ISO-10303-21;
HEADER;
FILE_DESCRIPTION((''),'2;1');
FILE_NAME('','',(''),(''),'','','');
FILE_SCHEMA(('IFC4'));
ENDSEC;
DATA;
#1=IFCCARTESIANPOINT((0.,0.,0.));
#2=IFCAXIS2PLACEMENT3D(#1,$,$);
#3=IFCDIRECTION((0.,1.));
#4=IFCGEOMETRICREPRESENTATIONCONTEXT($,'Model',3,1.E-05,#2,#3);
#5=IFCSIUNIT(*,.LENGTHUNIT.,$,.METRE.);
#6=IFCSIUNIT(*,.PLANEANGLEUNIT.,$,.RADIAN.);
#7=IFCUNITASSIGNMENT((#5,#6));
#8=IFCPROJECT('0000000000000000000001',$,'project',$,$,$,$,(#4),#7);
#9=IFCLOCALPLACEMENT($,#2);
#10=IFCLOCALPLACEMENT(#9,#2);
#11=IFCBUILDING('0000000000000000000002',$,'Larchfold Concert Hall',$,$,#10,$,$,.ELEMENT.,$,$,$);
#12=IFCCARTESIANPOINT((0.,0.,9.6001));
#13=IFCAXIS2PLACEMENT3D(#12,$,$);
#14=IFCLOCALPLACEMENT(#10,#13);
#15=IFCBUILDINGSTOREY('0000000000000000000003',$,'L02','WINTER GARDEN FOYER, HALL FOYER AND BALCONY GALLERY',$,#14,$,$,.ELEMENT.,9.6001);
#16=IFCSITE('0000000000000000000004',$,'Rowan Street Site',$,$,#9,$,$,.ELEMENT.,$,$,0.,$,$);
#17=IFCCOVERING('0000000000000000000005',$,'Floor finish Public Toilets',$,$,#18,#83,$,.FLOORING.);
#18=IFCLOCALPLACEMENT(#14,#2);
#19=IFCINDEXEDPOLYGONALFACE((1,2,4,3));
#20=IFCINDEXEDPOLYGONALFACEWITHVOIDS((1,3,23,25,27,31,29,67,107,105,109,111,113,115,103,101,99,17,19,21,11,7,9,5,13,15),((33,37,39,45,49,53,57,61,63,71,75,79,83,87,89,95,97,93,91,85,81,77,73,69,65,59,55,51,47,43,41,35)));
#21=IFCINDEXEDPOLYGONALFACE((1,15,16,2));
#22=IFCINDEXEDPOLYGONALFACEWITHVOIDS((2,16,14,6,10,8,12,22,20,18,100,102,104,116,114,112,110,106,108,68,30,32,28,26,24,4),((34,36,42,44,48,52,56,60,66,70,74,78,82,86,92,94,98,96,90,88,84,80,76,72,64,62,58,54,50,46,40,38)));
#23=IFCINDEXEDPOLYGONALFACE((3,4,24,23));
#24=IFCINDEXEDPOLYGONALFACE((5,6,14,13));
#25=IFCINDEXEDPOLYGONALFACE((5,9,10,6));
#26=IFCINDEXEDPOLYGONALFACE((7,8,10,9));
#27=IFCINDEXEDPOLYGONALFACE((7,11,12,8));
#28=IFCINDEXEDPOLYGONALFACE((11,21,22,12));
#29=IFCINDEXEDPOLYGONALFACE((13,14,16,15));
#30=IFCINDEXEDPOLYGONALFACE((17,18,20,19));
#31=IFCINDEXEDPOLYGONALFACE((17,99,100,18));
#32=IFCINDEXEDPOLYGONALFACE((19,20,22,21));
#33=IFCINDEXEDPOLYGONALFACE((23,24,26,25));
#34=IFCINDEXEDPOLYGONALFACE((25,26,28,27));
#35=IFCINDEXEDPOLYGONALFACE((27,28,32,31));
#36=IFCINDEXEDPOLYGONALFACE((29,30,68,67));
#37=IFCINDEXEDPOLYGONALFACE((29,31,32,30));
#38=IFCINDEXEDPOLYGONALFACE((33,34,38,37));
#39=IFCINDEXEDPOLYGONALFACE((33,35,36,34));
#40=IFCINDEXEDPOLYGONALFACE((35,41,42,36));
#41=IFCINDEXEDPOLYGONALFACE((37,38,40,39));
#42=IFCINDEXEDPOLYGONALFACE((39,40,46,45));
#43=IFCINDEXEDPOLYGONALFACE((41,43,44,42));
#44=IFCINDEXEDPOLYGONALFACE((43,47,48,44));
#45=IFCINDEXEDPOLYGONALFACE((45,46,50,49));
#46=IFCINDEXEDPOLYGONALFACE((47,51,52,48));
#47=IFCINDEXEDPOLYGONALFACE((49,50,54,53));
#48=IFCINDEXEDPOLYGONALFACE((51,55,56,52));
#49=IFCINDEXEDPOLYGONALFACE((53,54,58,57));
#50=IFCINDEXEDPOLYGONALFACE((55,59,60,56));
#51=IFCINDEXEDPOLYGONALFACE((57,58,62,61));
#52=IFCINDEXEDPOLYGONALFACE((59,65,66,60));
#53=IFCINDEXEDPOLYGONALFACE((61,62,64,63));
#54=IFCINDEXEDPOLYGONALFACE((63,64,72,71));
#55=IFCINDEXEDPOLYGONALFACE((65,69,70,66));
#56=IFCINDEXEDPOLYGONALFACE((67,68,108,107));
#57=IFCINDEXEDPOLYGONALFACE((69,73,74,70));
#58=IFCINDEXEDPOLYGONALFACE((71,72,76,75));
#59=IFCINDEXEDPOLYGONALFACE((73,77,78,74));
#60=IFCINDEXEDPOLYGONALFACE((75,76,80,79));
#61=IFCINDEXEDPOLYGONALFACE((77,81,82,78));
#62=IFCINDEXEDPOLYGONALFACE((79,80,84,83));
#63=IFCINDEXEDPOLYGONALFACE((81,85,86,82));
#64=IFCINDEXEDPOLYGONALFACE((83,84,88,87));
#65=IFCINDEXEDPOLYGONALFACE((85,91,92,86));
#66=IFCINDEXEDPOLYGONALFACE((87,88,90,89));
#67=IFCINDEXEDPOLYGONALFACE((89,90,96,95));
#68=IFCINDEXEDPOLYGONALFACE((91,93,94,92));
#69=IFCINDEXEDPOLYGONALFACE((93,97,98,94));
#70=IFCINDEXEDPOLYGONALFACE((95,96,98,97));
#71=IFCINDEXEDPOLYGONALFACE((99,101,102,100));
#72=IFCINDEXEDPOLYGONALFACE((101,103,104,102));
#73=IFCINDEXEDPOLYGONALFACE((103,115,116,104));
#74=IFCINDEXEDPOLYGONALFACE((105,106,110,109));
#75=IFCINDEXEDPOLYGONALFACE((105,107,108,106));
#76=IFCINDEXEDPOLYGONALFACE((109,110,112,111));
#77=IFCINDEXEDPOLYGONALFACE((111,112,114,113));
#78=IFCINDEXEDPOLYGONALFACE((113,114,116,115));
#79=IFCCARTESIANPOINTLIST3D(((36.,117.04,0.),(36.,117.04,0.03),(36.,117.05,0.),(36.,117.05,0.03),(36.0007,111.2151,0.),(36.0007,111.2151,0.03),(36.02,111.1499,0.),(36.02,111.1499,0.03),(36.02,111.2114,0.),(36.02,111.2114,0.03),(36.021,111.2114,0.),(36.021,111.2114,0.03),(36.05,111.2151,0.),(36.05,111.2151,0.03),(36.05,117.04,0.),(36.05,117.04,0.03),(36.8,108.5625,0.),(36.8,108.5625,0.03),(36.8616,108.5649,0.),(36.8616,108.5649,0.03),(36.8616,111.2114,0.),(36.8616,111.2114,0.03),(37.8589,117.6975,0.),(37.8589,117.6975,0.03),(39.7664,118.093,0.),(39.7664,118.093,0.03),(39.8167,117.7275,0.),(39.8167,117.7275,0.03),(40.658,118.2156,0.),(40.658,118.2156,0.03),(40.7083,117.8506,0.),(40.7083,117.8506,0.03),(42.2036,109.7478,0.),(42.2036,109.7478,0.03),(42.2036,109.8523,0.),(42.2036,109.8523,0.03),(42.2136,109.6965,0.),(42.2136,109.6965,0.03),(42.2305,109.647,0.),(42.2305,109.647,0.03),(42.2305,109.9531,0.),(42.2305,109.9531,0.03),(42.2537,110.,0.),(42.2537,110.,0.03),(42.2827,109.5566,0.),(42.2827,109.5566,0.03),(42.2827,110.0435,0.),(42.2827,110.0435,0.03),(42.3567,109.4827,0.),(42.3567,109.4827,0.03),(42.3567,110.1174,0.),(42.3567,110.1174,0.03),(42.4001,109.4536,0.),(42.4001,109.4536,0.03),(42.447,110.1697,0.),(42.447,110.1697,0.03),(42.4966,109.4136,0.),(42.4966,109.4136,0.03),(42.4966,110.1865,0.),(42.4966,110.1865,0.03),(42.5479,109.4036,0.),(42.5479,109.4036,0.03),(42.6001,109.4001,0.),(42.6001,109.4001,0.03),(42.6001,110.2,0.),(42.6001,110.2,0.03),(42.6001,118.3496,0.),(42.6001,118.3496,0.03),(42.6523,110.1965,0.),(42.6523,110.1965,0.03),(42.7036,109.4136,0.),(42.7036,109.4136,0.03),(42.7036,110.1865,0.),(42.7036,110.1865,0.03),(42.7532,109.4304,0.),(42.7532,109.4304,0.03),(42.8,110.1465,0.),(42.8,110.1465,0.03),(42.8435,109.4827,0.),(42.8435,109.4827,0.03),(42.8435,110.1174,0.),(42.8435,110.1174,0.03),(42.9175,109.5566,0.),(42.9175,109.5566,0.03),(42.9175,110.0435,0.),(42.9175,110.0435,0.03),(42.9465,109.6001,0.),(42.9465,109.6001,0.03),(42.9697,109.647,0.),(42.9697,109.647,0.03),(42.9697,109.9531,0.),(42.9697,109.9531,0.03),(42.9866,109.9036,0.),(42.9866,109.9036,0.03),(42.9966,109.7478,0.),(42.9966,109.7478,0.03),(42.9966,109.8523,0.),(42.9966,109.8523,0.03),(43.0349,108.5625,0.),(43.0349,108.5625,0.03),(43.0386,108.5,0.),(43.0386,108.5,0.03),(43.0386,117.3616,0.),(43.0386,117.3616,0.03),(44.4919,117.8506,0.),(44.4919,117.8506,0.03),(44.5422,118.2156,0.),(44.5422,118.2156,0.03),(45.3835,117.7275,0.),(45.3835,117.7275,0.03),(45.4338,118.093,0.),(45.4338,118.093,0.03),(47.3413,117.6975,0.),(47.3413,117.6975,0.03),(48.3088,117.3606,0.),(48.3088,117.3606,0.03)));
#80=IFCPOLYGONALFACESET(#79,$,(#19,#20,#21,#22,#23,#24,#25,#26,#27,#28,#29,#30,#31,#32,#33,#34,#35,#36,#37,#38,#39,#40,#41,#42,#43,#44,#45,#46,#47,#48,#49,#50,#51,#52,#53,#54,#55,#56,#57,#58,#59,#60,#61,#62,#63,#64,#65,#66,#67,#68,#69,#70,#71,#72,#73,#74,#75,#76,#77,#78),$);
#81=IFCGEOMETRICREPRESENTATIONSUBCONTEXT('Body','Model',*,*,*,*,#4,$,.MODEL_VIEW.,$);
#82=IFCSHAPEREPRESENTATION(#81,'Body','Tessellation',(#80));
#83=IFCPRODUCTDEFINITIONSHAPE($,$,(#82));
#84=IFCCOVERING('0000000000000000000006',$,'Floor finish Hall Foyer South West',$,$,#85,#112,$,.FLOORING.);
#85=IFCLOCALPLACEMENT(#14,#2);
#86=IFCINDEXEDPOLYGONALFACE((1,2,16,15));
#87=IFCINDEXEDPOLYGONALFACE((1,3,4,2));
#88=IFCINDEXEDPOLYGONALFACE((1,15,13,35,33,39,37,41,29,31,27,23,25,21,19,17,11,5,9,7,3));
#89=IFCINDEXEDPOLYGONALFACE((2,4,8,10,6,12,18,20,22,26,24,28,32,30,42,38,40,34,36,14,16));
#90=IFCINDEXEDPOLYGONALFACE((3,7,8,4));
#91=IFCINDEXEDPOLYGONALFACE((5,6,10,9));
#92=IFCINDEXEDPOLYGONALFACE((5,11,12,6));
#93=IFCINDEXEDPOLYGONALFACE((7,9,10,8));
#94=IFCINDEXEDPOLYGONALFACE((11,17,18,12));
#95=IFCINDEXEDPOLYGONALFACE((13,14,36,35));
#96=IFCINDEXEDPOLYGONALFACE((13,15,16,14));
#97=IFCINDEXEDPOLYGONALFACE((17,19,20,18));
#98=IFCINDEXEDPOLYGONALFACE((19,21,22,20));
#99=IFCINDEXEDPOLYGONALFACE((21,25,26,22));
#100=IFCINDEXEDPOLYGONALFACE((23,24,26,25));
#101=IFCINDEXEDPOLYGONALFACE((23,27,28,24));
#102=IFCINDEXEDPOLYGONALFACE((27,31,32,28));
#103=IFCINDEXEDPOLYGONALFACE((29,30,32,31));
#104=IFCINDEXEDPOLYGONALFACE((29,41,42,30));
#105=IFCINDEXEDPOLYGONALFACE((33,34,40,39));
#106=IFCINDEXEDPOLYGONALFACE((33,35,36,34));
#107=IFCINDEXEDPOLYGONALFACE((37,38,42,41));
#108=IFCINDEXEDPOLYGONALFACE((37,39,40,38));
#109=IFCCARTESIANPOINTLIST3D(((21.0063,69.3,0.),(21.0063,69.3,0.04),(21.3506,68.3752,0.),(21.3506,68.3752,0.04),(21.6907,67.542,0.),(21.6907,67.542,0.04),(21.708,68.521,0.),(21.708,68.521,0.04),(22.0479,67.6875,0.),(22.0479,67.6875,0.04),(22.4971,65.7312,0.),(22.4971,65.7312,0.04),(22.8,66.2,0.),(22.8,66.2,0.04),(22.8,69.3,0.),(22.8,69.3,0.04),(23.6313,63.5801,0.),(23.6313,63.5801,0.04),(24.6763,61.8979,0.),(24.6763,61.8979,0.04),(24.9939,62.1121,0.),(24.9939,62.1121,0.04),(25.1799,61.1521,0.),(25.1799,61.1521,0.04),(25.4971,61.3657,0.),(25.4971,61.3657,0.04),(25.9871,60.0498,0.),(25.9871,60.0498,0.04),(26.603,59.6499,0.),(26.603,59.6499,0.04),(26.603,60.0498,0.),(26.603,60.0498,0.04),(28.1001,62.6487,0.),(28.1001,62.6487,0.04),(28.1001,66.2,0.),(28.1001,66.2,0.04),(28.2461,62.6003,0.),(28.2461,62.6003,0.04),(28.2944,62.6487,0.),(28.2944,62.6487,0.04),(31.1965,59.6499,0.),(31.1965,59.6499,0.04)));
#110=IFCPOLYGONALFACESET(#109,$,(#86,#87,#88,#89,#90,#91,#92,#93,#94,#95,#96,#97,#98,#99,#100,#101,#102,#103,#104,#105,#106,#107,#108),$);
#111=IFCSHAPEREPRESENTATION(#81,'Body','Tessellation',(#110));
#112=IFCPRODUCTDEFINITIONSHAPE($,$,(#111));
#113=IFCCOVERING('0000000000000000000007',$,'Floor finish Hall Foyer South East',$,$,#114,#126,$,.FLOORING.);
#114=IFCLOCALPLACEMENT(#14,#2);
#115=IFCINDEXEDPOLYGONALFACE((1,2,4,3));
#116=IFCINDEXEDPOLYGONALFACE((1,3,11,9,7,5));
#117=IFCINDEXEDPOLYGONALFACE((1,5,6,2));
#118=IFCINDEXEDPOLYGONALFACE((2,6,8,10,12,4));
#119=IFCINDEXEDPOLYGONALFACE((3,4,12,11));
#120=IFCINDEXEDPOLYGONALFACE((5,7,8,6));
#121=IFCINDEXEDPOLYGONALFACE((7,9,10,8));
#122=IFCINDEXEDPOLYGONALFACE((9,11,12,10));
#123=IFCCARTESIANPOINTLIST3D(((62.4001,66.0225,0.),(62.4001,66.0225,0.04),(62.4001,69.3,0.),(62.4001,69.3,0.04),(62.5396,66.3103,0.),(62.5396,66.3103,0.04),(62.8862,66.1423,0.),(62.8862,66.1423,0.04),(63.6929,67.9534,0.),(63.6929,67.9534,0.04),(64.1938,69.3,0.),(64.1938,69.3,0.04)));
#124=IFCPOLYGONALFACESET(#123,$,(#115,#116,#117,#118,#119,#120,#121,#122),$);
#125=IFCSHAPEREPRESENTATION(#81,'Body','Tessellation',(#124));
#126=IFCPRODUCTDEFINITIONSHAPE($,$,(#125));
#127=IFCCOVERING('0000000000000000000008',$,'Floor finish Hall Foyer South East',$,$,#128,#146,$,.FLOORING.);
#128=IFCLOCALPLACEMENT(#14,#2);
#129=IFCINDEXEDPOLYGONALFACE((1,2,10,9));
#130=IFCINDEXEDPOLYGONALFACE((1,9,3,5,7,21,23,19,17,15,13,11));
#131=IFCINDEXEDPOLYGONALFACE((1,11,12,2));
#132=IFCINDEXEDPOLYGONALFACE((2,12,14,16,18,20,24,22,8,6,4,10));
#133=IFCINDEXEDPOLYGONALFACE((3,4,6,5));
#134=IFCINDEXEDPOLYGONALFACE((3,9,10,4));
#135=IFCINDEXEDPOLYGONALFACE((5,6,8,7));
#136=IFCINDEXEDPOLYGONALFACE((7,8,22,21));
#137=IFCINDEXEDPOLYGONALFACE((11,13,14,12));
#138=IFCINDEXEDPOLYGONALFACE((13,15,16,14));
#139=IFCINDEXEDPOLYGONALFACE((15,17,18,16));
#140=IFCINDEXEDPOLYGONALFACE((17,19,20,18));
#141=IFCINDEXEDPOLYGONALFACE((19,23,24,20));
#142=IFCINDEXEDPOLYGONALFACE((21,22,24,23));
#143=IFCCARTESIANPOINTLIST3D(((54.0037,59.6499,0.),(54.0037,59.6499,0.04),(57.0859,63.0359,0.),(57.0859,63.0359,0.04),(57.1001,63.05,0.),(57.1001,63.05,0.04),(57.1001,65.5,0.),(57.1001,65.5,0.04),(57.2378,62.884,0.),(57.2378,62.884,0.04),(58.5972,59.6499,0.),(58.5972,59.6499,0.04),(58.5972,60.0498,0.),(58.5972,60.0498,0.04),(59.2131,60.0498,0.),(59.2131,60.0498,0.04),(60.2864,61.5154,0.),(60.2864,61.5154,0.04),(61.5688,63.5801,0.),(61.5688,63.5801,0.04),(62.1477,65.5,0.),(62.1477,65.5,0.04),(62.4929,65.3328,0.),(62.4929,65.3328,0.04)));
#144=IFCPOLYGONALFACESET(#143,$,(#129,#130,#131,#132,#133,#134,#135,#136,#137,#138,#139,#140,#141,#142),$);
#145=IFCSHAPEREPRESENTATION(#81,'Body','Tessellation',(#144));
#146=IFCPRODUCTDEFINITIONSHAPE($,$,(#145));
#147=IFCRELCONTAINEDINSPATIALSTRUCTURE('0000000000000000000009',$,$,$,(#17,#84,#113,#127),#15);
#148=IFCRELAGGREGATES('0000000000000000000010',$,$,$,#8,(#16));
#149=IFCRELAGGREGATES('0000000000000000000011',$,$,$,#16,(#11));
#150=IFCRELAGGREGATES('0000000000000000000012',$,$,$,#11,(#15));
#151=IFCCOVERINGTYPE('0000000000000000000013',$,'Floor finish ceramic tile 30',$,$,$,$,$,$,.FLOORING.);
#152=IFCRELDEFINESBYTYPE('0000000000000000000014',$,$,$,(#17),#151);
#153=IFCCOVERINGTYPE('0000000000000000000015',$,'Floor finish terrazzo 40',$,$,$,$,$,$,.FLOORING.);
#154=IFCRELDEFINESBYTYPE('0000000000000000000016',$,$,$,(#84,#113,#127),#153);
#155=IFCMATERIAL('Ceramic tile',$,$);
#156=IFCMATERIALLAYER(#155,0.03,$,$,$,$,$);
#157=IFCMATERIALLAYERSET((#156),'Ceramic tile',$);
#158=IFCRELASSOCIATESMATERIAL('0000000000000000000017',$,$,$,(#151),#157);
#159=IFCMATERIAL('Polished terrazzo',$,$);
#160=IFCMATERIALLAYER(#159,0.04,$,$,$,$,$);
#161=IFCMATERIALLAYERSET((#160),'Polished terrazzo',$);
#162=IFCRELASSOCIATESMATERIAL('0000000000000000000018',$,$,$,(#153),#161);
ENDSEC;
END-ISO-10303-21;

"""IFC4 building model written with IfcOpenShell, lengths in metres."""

from ifc_helpers import new_model, si_unit, direction, frame, origin, place, context, subcontext, project, spatial, polyline, outline, extrude, material, layer, layer_set, type_object, element, save


model = new_model("IFC4")

# Units and contexts
model_context = context("Model", 3, precision=1e-05, world=origin(), true_north=direction((0.0, 1.0)))
body_context = subcontext(model_context, "Body", "Model", "MODEL_VIEW")
ifc_project = project(units=[si_unit("LENGTHUNIT", "METRE"), si_unit("PLANEANGLEUNIT", "RADIAN")], contexts=[model_context])

# Site, building, storey
site_placement = place(None, origin())
site = spatial("IfcSite", under=ifc_project, at=site_placement, Name="Rowan Street Site", CompositionType="ELEMENT", RefElevation=0.0)
building_placement = place(site_placement, origin())
building = spatial("IfcBuilding", under=site, at=building_placement, Name="Larchfold Concert Hall", CompositionType="ELEMENT")
storey_placement = place(building_placement, frame((0.0, 0.0, 9.6001)))
storey = spatial("IfcBuildingStorey", under=building, at=storey_placement, Name="L02", Description="WINTER GARDEN FOYER, HALL FOYER AND BALCONY GALLERY", CompositionType="ELEMENT", Elevation=9.6001)

# Coverings
ifc_material_1 = material(Name="Ceramic tile")
ifc_layer_1 = layer(ifc_material_1, 0.03)
ifc_layer_set_1 = layer_set([ifc_layer_1], Name="Ceramic tile")
covering_type_1 = type_object("IfcCoveringType", Name="Floor finish ceramic tile 30", PredefinedType="FLOORING", material=ifc_layer_set_1)
covering_1_placement = place(storey_placement, origin())
element("IfcCovering", 1, at=covering_1_placement, inside=storey, type_object=covering_type_1, Name="Floor finish Public Toilets", PredefinedType="FLOORING", context=body_context, shape_type="SweptSolid", body=[
    extrude(outline(polyline([(36.0007, 111.2151), (36.02, 111.2114), (36.02, 111.1499), (36.021, 111.2114), (36.8616, 111.2114), (36.8616, 108.5649), (36.8, 108.5625), (43.0349, 108.5625), (43.0386, 108.5), (43.0386, 117.3616), (48.3088, 117.3606), (47.3413, 117.6975), (45.4338, 118.093), (45.3835, 117.7275), (44.4919, 117.8506), (44.5422, 118.2156), (42.6001, 118.3496), (40.658, 118.2156), (40.7083, 117.8506), (39.8167, 117.7275), (39.7664, 118.093), (37.8589, 117.6975), (36.0, 117.05), (36.0, 117.04), (36.05, 117.04), (36.05, 111.2151), (36.0007, 111.2151)]), holes=[polyline([(42.4966, 109.4136), (42.4001, 109.4536), (42.3567, 109.4827), (42.2827, 109.5566), (42.2305, 109.647), (42.2136, 109.6965), (42.2036, 109.7478), (42.2036, 109.8523), (42.2305, 109.9531), (42.2537, 110.0), (42.2827, 110.0435), (42.3567, 110.1174), (42.447, 110.1697), (42.4966, 110.1865), (42.6001, 110.2), (42.6523, 110.1965), (42.7036, 110.1865), (42.8, 110.1465), (42.8435, 110.1174), (42.9175, 110.0435), (42.9697, 109.9531), (42.9866, 109.9036), (42.9966, 109.8523), (42.9966, 109.7478), (42.9697, 109.647), (42.9465, 109.6001), (42.9175, 109.5566), (42.8435, 109.4827), (42.7532, 109.4304), (42.7036, 109.4136), (42.6001, 109.4001), (42.5479, 109.4036), (42.4966, 109.4136)])]), origin(), (0.0, 0.0, 1.0), 0.03),
])
ifc_material_2 = material(Name="Polished terrazzo")
ifc_layer_2 = layer(ifc_material_2, 0.04)
ifc_layer_set_2 = layer_set([ifc_layer_2], Name="Polished terrazzo")
covering_type_2 = type_object("IfcCoveringType", Name="Floor finish terrazzo 40", PredefinedType="FLOORING", material=ifc_layer_set_2)
covering_2_placement = place(storey_placement, origin())
element("IfcCovering", 2, at=covering_2_placement, inside=storey, type_object=covering_type_2, Name="Floor finish Hall Foyer South West", PredefinedType="FLOORING", context=body_context, shape_type="SweptSolid", body=[
    extrude(outline(polyline([(28.1001, 66.2), (22.8, 66.2), (22.8, 69.3), (21.0063, 69.3), (21.3506, 68.3752), (21.708, 68.521), (22.0479, 67.6875), (21.6907, 67.542), (22.4971, 65.7312), (23.6313, 63.5801), (24.6763, 61.8979), (24.9939, 62.1121), (25.4971, 61.3657), (25.1799, 61.1521), (25.9871, 60.0498), (26.603, 60.0498), (26.603, 59.6499), (31.1965, 59.6499), (28.2461, 62.6003), (28.2944, 62.6487), (28.1001, 62.6487), (28.1001, 66.2)])), origin(), (0.0, 0.0, 1.0), 0.04),
])
covering_3_placement = place(storey_placement, origin())
element("IfcCovering", 3, at=covering_3_placement, inside=storey, type_object=covering_type_2, Name="Floor finish Hall Foyer South East", PredefinedType="FLOORING", context=body_context, shape_type="SweptSolid", body=[
    extrude(outline(polyline([(62.8862, 66.1423), (63.6929, 67.9534), (64.1938, 69.3), (62.4001, 69.3), (62.4001, 66.0225), (62.5396, 66.3103), (62.8862, 66.1423)])), origin(), (0.0, 0.0, 1.0), 0.04),
])
covering_4_placement = place(storey_placement, origin())
element("IfcCovering", 4, at=covering_4_placement, inside=storey, type_object=covering_type_2, Name="Floor finish Hall Foyer South East", PredefinedType="FLOORING", context=body_context, shape_type="SweptSolid", body=[
    extrude(outline(polyline([(61.5688, 63.5801), (62.4929, 65.3328), (62.1477, 65.5), (57.1001, 65.5), (57.1001, 63.05), (57.0859, 63.0359), (57.2378, 62.884), (54.0037, 59.6499), (58.5972, 59.6499), (58.5972, 60.0498), (59.2131, 60.0498), (60.2864, 61.5154), (61.5688, 63.5801)])), origin(), (0.0, 0.0, 1.0), 0.04),
])

save(model, "model.ifc")
